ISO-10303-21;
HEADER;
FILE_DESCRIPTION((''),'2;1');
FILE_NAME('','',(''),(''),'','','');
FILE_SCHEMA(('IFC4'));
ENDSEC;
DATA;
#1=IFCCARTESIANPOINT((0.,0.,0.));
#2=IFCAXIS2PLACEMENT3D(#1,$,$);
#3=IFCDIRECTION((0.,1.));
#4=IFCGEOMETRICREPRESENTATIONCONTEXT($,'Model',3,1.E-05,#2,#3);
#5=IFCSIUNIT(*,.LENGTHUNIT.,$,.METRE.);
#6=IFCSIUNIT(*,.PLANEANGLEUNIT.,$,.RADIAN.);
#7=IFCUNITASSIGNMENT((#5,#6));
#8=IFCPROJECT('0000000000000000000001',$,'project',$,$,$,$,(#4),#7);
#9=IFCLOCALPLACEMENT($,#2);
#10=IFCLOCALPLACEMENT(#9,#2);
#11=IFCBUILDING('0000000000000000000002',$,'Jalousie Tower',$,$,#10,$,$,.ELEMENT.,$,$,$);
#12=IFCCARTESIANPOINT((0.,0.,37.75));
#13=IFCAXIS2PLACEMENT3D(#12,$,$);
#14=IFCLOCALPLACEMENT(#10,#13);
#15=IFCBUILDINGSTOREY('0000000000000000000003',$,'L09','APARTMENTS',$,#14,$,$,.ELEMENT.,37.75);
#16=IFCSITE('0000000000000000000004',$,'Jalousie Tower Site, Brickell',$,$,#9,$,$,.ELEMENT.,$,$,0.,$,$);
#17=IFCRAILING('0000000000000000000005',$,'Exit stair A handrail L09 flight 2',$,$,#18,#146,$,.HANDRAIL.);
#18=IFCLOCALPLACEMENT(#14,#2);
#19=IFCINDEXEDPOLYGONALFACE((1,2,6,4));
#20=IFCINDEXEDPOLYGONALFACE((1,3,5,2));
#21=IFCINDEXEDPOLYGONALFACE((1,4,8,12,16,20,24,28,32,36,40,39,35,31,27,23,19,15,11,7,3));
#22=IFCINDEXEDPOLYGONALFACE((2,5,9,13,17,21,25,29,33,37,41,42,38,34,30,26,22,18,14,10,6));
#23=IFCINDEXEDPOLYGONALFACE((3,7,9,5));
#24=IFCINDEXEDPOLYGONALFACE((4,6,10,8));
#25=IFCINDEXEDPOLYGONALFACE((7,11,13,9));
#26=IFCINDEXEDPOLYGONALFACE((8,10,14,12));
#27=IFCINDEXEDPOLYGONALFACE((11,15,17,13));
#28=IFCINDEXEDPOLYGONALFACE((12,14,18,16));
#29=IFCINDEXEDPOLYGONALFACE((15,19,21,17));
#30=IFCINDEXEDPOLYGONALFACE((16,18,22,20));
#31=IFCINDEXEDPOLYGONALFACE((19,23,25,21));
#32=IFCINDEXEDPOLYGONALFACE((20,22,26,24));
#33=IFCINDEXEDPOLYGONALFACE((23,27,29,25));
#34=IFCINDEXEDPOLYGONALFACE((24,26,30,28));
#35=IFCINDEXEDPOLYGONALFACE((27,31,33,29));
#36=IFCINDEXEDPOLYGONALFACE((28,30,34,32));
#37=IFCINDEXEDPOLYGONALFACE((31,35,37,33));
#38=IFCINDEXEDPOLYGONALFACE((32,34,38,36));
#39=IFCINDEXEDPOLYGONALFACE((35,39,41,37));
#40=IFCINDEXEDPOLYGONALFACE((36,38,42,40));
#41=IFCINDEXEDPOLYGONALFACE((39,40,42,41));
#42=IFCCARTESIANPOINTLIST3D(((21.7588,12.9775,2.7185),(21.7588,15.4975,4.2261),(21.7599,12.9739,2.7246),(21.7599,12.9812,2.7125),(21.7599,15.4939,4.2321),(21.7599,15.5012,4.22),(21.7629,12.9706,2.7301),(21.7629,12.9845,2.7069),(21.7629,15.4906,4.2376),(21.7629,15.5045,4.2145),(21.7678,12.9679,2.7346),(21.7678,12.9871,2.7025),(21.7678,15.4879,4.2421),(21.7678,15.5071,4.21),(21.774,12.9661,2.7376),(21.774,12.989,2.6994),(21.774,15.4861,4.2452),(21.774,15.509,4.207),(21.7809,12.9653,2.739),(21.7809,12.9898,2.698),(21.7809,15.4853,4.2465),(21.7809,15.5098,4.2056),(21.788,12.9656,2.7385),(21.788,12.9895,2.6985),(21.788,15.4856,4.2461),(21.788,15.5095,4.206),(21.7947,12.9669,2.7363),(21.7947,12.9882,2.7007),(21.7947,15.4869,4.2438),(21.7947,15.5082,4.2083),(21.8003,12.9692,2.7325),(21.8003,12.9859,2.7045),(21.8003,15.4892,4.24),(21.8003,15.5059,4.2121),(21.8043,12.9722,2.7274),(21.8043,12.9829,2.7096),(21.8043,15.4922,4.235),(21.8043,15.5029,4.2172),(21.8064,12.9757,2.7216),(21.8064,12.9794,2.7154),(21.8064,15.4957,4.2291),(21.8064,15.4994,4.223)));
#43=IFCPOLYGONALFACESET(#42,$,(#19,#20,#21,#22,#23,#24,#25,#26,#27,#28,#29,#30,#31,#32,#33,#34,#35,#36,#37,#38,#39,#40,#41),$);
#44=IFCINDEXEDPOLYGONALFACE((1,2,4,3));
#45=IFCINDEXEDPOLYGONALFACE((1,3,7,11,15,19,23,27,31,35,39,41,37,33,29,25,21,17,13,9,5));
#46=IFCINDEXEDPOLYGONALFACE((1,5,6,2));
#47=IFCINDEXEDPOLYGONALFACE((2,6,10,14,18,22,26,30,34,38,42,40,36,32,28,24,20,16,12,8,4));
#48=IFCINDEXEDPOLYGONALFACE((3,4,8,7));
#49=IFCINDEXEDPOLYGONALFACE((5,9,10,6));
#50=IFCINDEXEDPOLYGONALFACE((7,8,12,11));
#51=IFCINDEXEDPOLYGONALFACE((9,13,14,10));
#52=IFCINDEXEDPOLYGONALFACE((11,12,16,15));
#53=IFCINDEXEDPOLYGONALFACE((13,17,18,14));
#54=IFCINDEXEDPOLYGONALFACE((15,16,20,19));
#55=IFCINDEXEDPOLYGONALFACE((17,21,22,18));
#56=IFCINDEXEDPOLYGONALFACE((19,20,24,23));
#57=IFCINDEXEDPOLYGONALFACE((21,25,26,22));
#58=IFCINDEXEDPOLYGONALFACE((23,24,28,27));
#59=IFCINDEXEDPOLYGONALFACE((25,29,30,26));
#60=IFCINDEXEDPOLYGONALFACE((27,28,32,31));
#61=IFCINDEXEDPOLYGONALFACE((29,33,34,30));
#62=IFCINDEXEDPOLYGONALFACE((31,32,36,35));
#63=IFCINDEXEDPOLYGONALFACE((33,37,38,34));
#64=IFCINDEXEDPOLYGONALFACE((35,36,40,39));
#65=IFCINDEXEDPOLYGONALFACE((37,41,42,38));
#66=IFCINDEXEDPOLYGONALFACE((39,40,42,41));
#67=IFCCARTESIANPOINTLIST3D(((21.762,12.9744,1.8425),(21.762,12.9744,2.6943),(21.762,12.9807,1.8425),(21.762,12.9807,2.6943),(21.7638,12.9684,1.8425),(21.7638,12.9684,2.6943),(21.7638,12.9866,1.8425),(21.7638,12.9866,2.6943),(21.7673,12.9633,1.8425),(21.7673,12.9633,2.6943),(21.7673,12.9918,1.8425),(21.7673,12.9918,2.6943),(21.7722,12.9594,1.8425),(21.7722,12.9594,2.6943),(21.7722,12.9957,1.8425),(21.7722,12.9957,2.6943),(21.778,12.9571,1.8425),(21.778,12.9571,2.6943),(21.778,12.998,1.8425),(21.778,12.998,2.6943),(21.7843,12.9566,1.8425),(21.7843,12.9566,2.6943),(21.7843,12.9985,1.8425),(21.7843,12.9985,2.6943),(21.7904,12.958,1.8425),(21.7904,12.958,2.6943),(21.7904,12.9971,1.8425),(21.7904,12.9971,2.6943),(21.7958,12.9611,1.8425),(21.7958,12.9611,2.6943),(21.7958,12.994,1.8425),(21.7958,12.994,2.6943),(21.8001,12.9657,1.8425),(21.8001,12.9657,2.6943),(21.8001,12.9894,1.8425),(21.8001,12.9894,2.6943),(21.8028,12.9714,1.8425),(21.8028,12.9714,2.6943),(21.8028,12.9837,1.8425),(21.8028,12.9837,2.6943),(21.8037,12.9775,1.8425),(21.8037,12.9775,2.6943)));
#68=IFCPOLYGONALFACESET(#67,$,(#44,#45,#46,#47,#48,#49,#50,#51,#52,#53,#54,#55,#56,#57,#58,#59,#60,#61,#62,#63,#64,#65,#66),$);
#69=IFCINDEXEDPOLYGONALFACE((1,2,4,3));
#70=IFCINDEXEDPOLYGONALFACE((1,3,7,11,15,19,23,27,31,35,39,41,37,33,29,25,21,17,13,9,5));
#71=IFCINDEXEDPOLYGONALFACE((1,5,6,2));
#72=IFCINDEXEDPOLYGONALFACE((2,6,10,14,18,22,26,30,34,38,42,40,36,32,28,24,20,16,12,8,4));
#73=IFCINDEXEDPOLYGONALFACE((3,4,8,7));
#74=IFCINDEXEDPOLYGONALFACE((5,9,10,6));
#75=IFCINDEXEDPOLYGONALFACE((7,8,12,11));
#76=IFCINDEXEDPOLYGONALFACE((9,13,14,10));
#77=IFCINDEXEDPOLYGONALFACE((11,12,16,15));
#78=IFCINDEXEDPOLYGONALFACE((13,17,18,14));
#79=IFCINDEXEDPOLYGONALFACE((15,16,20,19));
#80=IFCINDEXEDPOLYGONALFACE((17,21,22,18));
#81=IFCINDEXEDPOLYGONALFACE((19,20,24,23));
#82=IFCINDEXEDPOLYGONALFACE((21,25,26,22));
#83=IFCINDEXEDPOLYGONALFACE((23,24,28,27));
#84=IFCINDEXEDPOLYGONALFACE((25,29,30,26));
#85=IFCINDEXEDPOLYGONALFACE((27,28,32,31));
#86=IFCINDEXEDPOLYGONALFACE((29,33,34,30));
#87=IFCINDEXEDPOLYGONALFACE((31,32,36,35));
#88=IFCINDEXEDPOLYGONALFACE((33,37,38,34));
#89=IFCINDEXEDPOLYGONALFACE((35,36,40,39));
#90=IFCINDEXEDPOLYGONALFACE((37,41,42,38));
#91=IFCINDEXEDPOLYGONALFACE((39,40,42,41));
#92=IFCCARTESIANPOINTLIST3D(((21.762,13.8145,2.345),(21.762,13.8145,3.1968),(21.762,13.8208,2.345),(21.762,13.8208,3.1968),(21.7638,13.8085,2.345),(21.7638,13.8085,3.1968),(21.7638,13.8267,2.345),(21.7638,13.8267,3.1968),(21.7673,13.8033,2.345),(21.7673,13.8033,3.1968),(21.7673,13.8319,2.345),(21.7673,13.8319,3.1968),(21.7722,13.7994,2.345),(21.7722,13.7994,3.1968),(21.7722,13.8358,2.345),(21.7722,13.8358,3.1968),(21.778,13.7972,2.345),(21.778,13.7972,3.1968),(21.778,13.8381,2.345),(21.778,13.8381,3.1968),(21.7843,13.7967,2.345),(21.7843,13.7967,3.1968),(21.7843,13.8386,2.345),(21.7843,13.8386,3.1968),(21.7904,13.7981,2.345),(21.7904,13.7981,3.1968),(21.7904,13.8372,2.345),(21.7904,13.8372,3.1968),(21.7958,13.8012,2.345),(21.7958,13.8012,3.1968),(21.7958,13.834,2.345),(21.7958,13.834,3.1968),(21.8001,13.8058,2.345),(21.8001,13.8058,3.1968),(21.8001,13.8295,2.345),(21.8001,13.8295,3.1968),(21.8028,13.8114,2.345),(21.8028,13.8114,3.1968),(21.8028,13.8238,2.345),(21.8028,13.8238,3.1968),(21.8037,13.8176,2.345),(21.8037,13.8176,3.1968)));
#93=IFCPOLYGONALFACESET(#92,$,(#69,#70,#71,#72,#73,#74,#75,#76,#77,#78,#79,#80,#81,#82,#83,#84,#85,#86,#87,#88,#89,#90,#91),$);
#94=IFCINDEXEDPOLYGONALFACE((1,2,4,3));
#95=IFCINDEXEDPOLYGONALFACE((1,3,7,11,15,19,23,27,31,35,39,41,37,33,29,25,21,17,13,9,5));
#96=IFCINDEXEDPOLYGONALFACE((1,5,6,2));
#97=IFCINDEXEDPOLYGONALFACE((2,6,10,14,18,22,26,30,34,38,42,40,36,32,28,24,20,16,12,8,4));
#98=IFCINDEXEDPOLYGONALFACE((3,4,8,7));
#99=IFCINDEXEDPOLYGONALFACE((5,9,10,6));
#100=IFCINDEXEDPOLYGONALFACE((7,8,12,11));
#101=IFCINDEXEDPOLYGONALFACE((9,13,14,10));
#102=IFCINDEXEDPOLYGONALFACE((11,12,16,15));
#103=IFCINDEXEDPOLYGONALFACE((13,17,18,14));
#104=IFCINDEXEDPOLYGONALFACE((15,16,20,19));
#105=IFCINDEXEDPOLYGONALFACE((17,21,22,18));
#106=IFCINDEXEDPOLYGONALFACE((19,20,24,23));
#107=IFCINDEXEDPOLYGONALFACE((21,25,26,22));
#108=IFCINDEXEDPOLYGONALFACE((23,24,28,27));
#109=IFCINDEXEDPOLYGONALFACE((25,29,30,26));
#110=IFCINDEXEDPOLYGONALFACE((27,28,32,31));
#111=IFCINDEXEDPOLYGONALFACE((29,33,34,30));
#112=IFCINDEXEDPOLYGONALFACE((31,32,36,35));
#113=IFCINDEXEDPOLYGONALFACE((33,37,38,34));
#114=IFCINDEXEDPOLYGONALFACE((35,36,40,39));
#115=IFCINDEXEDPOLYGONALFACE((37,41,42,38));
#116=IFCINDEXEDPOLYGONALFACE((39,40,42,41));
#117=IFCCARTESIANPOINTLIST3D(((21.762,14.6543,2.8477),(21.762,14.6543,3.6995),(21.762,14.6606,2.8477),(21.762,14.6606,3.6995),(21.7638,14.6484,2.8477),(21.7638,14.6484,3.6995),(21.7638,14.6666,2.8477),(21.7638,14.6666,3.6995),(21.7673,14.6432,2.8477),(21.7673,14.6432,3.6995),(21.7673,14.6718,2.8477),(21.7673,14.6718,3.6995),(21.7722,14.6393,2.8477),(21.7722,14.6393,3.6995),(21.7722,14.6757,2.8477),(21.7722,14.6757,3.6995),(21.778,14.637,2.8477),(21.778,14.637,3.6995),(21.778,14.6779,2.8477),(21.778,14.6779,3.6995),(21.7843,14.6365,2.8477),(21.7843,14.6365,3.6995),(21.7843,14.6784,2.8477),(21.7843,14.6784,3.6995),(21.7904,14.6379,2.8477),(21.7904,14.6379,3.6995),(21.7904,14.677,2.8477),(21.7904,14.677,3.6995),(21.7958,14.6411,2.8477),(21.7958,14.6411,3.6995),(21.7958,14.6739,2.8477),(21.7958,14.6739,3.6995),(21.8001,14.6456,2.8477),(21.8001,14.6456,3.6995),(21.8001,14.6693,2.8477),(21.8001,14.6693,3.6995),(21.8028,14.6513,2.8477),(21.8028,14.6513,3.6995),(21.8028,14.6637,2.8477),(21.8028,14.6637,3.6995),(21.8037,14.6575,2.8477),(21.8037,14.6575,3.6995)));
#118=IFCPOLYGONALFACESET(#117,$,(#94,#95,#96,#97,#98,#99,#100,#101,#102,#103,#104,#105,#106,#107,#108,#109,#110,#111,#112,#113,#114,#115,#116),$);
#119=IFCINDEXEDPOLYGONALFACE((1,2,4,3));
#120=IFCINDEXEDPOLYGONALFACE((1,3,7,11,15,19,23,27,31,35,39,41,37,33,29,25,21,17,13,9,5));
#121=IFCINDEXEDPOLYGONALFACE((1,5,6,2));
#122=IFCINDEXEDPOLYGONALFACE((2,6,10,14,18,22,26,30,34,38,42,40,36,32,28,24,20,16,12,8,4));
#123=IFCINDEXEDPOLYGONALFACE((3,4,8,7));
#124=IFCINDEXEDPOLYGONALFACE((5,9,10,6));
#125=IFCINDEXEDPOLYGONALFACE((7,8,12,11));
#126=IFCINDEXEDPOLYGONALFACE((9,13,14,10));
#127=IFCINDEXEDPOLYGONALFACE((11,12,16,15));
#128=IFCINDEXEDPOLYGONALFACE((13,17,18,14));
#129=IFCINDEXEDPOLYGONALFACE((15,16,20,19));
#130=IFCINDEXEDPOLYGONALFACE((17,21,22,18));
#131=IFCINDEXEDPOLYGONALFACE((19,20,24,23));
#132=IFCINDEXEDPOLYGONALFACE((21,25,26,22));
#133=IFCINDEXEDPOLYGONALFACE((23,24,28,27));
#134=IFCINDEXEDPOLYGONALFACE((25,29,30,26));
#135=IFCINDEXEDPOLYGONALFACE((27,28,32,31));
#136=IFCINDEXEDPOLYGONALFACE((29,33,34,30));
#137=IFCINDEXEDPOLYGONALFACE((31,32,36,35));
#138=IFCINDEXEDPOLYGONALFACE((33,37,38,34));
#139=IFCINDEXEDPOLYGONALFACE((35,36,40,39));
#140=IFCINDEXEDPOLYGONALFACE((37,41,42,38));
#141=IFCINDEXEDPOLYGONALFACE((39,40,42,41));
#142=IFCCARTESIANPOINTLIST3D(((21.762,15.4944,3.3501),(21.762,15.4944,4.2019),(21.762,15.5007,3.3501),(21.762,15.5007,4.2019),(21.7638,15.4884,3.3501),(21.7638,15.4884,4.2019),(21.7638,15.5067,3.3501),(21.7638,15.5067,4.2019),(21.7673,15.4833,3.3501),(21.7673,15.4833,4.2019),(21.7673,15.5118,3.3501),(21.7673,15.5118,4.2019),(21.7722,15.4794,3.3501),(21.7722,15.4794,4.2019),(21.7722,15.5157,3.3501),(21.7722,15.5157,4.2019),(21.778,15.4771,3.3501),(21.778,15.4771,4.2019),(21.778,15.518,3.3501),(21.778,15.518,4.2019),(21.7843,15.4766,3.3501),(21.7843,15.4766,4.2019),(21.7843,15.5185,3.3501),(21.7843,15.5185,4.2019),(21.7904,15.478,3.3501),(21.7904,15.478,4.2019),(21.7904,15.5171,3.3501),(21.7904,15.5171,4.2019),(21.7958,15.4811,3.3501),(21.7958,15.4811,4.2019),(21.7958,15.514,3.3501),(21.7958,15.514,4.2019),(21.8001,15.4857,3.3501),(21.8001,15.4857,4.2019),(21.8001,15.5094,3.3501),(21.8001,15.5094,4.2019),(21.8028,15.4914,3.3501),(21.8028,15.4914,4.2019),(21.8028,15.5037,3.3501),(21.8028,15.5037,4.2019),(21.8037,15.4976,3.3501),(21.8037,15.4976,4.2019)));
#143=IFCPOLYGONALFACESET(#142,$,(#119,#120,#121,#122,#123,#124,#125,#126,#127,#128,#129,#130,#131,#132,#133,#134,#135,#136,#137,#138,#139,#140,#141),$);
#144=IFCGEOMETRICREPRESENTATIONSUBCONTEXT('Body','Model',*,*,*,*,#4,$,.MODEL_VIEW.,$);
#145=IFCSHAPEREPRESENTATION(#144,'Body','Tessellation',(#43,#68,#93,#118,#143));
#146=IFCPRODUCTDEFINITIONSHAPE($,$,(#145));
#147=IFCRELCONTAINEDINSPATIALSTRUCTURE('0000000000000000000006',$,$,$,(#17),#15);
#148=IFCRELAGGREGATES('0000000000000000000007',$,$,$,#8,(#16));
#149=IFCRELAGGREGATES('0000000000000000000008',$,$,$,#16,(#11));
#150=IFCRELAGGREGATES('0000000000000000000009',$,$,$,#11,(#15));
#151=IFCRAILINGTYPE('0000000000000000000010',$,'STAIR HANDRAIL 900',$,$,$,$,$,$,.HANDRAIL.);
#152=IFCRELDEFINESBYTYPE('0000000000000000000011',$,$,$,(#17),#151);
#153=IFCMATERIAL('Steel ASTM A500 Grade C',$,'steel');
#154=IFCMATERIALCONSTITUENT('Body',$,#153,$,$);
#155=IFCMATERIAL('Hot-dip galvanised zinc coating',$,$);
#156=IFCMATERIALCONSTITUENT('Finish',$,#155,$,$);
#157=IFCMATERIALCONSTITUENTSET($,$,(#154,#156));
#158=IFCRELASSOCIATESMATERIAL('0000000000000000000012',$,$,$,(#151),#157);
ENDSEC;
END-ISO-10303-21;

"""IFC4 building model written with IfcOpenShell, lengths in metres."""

from ifc_helpers import new_model, si_unit, direction, frame, origin, origin_2d, place, context, subcontext, project, spatial, circle, extrude, material, constituent, constituent_set, type_object, element, save


model = new_model("IFC4")

# Units and contexts
model_context = context("Model", 3, precision=1e-05, world=origin(), true_north=direction((0.0, 1.0)))
body_context = subcontext(model_context, "Body", "Model", "MODEL_VIEW")
ifc_project = project(units=[si_unit("LENGTHUNIT", "METRE"), si_unit("PLANEANGLEUNIT", "RADIAN")], contexts=[model_context])

# Site, building, storey
site_placement = place(None, origin())
site = spatial("IfcSite", under=ifc_project, at=site_placement, Name="Jalousie Tower Site, Brickell", CompositionType="ELEMENT", RefElevation=0.0)
building_placement = place(site_placement, origin())
building = spatial("IfcBuilding", under=site, at=building_placement, Name="Jalousie Tower", CompositionType="ELEMENT")
storey_placement = place(building_placement, frame((0.0, 0.0, 37.75)))
storey = spatial("IfcBuildingStorey", under=building, at=storey_placement, Name="L09", Description="APARTMENTS", CompositionType="ELEMENT", Elevation=37.75)

# Railing
ifc_material_1 = material(Name="Steel ASTM A500 Grade C", Category="steel")
ifc_constituent_1 = constituent(ifc_material_1, Name="Body")
ifc_material_2 = material(Name="Hot-dip galvanised zinc coating")
ifc_constituent_2 = constituent(ifc_material_2, Name="Finish")
ifc_constituent_set_1 = constituent_set(constituents=[ifc_constituent_1, ifc_constituent_2])
railing_type_1 = type_object("IfcRailingType", Name="STAIR HANDRAIL 900", PredefinedType="HANDRAIL", material=ifc_constituent_set_1)
railing_1_placement = place(storey_placement, frame((21.7827, 12.9775, 1.8425)))
element("IfcRailing", 1, at=railing_1_placement, inside=storey, type_object=railing_type_1, Name="Exit stair A handrail L09 flight 2", PredefinedType="HANDRAIL", context=body_context, shape_type="SweptSolid", body=[
    extrude(circle(Radius=0.0239, at=origin_2d()), frame((0.0, 0.0, 0.876), z_axis=(0.0, 0.85816, 0.513383), x_axis=(-1.0, 0.0, 0.0)), (0.0, 0.0, 1.0), 2.9365),
    extrude(circle(Radius=0.021, at=origin_2d()), origin(), (0.0, 0.0, 1.0), 0.8518),
    extrude(circle(Radius=0.021, at=origin_2d()), frame((0.0, 0.8401, 0.5024)), (0.0, 0.0, 1.0), 0.8518),
    extrude(circle(Radius=0.021, at=origin_2d()), frame((0.0, 1.6799, 1.0051)), (0.0, 0.0, 1.0), 0.8518),
    extrude(circle(Radius=0.021, at=origin_2d()), frame((0.0, 2.52, 1.5076)), (0.0, 0.0, 1.0), 0.8518),
])

save(model, "model.ifc")
